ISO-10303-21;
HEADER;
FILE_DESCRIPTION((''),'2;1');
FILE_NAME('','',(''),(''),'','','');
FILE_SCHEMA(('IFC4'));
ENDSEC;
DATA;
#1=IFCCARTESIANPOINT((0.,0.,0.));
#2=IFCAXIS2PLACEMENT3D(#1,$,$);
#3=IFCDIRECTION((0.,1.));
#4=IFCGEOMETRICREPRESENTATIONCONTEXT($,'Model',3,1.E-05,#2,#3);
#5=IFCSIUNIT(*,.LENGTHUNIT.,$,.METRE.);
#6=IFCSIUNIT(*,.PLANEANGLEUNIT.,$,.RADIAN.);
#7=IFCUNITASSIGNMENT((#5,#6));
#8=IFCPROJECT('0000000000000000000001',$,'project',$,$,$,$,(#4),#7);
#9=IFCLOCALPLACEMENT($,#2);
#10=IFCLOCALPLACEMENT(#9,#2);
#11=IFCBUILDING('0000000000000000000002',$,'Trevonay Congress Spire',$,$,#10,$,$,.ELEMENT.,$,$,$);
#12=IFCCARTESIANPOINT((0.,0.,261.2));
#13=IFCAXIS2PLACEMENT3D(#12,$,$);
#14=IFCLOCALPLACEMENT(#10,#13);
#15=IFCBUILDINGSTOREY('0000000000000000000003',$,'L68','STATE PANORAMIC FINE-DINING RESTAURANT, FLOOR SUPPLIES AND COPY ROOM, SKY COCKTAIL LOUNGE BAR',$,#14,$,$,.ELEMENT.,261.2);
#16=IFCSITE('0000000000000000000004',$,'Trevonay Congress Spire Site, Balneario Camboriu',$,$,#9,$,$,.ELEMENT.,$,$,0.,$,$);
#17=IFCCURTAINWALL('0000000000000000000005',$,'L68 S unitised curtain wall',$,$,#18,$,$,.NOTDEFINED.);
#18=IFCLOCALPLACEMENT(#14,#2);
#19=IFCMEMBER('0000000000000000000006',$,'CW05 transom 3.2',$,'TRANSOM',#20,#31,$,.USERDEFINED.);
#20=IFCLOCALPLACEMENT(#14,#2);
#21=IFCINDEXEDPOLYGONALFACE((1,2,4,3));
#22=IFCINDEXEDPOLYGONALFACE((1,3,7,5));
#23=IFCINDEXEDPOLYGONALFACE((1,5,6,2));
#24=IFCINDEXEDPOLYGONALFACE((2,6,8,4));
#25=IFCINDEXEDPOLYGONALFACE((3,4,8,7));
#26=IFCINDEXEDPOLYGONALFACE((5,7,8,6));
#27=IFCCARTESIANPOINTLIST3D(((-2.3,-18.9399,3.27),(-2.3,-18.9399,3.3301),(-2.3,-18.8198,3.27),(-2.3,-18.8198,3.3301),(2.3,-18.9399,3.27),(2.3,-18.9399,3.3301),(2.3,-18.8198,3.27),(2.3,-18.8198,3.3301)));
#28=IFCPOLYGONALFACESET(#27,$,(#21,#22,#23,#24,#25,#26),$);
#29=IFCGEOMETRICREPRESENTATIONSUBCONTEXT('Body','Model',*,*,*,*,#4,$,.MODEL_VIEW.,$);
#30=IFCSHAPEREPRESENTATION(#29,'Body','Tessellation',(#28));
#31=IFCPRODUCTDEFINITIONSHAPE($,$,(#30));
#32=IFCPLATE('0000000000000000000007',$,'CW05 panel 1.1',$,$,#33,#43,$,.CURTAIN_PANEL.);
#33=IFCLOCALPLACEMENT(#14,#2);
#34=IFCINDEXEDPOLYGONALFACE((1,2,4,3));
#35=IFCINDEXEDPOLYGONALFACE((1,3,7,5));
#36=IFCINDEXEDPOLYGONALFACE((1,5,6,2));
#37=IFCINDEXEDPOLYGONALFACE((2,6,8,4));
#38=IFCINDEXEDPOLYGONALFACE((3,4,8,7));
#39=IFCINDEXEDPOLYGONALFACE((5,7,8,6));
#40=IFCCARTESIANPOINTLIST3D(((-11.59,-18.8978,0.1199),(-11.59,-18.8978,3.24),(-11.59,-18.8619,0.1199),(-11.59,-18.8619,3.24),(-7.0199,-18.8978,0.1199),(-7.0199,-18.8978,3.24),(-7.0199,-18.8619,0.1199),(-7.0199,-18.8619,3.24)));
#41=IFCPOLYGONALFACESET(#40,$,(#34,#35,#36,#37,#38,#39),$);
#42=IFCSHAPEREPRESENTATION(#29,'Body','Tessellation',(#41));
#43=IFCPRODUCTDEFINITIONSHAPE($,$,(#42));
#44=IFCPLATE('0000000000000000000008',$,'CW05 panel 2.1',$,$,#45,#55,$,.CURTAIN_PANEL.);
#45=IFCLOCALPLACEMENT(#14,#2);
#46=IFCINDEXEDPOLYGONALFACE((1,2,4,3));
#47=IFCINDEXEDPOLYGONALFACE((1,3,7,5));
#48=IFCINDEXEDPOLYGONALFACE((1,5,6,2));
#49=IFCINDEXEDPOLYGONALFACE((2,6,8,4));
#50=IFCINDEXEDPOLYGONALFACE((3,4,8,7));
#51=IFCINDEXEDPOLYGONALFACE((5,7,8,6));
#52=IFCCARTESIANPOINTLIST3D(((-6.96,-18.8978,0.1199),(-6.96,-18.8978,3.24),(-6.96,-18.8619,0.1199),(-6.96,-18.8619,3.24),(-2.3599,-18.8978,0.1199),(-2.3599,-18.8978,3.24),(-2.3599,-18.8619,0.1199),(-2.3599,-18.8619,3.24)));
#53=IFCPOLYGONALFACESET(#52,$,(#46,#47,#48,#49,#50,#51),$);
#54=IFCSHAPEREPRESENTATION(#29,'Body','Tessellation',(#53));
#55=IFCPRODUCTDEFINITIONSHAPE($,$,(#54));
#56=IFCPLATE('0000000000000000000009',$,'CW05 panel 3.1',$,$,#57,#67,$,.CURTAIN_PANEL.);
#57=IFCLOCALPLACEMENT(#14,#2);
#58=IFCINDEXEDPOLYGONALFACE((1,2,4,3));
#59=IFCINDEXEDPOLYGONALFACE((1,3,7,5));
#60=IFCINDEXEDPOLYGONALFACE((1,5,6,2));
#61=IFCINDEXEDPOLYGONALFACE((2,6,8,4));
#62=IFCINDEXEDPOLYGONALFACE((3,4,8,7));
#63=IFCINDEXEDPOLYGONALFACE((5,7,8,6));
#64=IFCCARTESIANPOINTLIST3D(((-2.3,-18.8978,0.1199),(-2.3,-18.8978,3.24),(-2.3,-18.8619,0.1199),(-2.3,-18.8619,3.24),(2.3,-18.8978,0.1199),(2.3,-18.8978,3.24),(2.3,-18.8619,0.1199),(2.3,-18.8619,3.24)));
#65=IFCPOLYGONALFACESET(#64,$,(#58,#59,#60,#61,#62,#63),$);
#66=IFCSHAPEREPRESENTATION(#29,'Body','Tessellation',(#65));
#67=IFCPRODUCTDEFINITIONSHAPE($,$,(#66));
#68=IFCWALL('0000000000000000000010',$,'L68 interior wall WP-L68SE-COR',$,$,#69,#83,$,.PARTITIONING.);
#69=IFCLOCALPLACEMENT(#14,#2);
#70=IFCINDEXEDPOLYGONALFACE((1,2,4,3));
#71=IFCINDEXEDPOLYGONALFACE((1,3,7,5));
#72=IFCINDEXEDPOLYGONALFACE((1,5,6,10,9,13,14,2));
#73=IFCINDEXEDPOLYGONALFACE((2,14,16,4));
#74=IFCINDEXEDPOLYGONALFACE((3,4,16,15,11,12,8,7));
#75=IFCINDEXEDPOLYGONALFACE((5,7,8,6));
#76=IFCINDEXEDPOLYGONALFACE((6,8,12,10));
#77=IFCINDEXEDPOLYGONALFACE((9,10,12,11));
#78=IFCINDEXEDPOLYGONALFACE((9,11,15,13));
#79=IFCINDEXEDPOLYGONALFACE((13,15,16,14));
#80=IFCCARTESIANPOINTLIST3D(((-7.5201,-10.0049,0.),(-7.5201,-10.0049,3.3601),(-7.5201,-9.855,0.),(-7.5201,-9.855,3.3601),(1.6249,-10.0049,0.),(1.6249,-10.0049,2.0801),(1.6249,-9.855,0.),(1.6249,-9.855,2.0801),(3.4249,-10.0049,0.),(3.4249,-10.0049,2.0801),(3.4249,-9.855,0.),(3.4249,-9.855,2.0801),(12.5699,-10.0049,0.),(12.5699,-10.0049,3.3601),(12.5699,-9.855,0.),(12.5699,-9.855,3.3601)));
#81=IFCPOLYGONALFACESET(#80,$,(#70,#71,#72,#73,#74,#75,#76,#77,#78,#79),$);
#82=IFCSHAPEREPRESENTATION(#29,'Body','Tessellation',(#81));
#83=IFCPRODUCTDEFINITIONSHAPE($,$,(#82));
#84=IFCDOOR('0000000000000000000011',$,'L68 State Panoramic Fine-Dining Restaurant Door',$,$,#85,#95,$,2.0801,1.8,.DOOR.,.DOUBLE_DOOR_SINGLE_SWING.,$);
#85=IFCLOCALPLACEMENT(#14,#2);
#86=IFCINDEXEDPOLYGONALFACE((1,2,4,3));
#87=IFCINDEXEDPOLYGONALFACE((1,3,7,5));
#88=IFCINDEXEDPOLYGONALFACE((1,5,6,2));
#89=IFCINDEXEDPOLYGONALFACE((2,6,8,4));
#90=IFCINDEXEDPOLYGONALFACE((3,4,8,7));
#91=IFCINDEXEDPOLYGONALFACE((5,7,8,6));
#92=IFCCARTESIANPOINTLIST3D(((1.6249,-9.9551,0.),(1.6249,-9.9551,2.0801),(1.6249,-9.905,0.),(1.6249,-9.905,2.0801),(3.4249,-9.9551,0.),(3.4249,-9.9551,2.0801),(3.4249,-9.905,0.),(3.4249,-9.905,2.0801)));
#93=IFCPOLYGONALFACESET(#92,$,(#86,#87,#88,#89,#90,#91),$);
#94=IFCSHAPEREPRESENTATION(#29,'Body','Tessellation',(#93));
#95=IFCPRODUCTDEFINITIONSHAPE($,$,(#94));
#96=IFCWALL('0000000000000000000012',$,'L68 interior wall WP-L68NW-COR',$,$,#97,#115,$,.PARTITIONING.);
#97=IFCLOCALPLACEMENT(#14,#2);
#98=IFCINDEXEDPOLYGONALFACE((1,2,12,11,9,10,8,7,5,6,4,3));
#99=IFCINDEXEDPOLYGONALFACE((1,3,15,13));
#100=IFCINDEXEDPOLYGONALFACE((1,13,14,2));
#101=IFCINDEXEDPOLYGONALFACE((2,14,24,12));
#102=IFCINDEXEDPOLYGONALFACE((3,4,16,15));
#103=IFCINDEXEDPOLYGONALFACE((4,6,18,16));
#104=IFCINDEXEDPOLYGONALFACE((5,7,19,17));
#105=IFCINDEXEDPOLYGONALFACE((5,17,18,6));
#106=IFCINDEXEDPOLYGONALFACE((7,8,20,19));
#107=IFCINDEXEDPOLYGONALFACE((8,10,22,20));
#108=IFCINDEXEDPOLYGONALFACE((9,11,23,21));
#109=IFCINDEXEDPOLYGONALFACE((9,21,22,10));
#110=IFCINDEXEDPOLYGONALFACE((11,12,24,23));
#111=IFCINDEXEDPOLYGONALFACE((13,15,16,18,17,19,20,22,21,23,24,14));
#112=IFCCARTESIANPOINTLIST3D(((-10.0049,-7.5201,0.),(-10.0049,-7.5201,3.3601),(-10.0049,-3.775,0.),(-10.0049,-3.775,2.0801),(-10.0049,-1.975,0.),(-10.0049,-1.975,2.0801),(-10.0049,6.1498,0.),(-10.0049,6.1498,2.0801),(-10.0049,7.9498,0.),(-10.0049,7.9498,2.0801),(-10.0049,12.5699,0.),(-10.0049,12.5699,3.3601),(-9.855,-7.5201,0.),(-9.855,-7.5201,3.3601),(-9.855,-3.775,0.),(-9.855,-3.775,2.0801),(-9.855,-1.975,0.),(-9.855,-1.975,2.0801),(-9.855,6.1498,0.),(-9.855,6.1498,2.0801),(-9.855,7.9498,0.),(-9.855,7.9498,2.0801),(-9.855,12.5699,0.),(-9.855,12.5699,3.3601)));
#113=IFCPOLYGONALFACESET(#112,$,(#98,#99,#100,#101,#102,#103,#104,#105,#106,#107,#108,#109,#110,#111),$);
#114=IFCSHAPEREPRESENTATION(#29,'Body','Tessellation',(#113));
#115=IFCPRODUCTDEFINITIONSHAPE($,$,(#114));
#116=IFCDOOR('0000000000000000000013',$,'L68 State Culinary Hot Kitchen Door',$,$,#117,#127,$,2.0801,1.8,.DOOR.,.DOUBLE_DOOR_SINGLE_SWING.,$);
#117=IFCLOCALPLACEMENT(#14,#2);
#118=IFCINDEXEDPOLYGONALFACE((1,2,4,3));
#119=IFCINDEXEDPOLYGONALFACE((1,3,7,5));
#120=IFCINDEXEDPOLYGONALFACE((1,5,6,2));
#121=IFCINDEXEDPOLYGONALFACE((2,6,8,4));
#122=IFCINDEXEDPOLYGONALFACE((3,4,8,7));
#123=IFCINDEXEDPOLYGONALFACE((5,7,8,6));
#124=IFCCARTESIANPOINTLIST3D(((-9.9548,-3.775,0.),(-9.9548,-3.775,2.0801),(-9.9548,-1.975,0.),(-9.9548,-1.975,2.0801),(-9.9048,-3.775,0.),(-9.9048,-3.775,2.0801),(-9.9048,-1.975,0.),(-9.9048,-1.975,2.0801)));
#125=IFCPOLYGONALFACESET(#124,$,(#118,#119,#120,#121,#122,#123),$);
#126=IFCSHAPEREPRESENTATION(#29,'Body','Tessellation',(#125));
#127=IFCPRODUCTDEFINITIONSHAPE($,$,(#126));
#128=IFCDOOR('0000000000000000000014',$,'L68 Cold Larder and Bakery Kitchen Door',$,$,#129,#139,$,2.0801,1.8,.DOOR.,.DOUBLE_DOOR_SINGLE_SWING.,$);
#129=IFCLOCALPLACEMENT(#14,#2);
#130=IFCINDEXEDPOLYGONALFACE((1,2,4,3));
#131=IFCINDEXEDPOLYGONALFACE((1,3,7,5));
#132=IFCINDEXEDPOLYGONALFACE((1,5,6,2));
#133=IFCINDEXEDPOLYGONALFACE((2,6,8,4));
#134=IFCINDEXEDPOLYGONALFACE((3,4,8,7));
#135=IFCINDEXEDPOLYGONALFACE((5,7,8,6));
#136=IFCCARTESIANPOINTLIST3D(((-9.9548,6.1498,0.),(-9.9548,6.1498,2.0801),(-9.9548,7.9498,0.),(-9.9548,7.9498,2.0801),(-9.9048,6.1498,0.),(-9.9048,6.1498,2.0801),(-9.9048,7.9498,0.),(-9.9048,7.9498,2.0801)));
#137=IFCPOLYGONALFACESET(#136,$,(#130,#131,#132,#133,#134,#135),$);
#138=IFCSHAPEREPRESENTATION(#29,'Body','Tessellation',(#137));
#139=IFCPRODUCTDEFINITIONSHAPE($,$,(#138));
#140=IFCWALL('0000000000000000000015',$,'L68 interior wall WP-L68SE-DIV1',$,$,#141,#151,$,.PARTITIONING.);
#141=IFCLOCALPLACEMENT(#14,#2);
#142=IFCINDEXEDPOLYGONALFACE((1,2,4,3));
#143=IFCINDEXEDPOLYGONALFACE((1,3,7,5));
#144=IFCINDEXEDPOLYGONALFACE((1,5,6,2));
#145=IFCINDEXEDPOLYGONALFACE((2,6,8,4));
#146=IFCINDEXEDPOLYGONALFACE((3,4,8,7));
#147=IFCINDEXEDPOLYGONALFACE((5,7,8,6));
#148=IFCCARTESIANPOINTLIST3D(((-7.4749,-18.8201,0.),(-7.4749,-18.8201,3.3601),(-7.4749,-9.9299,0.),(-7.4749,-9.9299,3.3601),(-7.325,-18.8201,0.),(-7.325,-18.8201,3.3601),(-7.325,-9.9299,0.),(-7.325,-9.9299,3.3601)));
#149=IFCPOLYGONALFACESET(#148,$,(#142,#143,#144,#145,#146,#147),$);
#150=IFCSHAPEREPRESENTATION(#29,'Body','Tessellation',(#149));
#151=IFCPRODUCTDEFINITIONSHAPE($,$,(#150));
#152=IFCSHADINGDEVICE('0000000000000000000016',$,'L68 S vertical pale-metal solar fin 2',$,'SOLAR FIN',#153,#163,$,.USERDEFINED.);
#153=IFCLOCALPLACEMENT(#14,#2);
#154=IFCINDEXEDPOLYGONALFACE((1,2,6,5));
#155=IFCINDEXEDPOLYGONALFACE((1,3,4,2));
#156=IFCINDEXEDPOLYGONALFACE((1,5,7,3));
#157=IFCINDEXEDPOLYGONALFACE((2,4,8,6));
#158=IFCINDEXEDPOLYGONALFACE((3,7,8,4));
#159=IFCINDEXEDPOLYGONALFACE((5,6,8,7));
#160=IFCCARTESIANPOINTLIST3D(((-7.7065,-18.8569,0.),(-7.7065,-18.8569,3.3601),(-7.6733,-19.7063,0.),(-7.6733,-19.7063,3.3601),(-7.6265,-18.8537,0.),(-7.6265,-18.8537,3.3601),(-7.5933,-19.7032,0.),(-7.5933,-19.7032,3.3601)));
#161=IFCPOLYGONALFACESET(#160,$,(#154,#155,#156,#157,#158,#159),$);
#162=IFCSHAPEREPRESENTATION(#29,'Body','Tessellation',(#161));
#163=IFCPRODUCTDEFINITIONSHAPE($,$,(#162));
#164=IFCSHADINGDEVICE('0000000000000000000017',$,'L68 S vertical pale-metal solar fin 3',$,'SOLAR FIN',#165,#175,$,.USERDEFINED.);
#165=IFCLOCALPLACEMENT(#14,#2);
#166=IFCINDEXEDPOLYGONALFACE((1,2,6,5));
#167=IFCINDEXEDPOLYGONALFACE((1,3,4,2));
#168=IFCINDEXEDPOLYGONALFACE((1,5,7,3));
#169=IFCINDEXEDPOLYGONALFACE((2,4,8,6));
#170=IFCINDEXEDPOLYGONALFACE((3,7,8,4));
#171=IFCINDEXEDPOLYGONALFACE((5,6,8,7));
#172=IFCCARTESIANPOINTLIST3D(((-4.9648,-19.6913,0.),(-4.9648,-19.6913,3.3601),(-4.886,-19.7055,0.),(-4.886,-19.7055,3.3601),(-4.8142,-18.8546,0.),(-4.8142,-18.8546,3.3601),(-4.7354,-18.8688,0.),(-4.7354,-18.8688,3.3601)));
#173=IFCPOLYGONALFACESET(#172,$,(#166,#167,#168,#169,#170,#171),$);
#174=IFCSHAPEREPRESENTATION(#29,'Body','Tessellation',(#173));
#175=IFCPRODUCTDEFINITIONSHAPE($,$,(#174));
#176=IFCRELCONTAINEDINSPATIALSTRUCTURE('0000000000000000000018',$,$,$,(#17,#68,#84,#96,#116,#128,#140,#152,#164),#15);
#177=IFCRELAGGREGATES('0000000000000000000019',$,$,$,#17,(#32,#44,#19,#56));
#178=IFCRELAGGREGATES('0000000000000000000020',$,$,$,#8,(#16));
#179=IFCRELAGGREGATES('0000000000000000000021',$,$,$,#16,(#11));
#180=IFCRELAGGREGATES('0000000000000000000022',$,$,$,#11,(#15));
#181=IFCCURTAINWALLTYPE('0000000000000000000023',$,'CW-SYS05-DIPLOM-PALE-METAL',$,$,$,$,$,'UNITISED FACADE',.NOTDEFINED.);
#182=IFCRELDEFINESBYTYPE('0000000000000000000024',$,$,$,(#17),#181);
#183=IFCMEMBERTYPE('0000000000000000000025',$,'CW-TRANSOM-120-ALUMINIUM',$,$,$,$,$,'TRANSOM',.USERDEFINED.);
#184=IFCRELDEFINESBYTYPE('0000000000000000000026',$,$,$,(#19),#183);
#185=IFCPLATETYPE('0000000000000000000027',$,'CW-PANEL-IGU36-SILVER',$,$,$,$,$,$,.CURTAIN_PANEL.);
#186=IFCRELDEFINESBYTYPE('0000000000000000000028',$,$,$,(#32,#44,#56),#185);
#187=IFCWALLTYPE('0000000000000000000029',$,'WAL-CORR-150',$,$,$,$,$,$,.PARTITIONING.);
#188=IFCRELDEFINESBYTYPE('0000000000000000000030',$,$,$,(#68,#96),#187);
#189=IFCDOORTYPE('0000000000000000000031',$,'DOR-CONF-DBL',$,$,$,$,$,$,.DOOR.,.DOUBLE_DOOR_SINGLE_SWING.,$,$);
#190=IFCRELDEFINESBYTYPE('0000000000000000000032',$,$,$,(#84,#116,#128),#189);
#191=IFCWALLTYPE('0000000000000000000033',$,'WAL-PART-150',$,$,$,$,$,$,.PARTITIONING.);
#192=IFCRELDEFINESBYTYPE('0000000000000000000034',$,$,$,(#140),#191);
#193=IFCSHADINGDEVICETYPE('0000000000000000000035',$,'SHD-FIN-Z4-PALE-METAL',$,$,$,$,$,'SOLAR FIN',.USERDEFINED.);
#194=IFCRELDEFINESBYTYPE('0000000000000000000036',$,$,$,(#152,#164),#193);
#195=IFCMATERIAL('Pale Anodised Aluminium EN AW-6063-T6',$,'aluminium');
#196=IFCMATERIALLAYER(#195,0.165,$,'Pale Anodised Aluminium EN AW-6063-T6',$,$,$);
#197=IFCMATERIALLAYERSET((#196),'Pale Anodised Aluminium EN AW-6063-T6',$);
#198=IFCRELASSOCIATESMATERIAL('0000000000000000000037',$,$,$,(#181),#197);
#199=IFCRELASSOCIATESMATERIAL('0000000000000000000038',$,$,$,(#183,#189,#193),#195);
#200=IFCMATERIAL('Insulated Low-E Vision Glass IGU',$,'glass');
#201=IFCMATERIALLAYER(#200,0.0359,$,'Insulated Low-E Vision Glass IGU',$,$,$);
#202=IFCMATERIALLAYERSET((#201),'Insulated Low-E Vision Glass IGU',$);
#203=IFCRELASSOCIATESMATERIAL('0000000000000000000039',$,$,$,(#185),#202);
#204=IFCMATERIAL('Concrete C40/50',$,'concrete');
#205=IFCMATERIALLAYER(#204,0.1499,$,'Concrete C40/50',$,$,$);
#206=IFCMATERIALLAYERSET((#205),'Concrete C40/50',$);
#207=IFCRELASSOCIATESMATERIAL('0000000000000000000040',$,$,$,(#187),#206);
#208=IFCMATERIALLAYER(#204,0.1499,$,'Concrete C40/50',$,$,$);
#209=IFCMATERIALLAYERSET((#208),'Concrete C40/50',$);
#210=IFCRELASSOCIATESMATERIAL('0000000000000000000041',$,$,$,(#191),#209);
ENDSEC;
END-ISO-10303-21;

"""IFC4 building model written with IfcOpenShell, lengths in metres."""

from ifc_helpers import new_model, si_unit, direction, frame, frame_2d, origin, origin_2d, place, context, subcontext, project, spatial, rectangle, extrude, material, layer, layer_set, material_profile, profile_set, type_object, element, fill, aggregate, save


model = new_model("IFC4")

# Units and contexts
model_context = context("Model", 3, precision=1e-05, world=origin(), true_north=direction((0.0, 1.0)))
body_context = subcontext(model_context, "Body", "Model", "MODEL_VIEW")
ifc_project = project(units=[si_unit("LENGTHUNIT", "METRE"), si_unit("PLANEANGLEUNIT", "RADIAN")], contexts=[model_context])

# Site, building, storey
site_placement = place(None, origin())
site = spatial("IfcSite", under=ifc_project, at=site_placement, Name="Trevonay Congress Spire Site, Balneario Camboriu", CompositionType="ELEMENT", RefElevation=0.0)
building_placement = place(site_placement, origin())
building = spatial("IfcBuilding", under=site, at=building_placement, Name="Trevonay Congress Spire", CompositionType="ELEMENT")
storey_placement = place(building_placement, frame((0.0, 0.0, 261.2)))
storey = spatial("IfcBuildingStorey", under=building, at=storey_placement, Name="L68", Description="STATE PANORAMIC FINE-DINING RESTAURANT, FLOOR SUPPLIES AND COPY ROOM, SKY COCKTAIL LOUNGE BAR", CompositionType="ELEMENT", Elevation=261.2)

# Curtain wall, member, plates
ifc_material_1 = material(Name="Pale Anodised Aluminium EN AW-6063-T6", Category="aluminium")
ifc_layer_1 = layer(ifc_material_1, 0.165, Name="Pale Anodised Aluminium EN AW-6063-T6")
ifc_layer_set_1 = layer_set([ifc_layer_1], Name="Pale Anodised Aluminium EN AW-6063-T6")
curtain_wall_type = type_object("IfcCurtainWallType", Name="CW-SYS05-DIPLOM-PALE-METAL", ElementType="UNITISED FACADE", PredefinedType="NOTDEFINED", material=ifc_layer_set_1)
curtain_wall_placement = place(storey_placement, origin())
curtain_wall = element("IfcCurtainWall", 1, at=curtain_wall_placement, inside=storey, type_object=curtain_wall_type, Name="L68 S unitised curtain wall", PredefinedType="NOTDEFINED")
ifc_material_profile_1 = material_profile(ifc_material_1, rectangle(XDim=0.1201, YDim=0.0601, at=origin_2d()), Name="CW-TRANSOM-120-ALUMINIUM")
ifc_profile_set_1 = profile_set([ifc_material_profile_1], Name="Pale Anodised Aluminium EN AW-6063-T6")
member_type_1 = type_object("IfcMemberType", Name="CW-TRANSOM-120-ALUMINIUM", ElementType="TRANSOM", PredefinedType="USERDEFINED", material=ifc_profile_set_1)
member_1_placement = place(storey_placement, frame((-2.3, -18.8799, 3.3), z_axis=(1.0, 0.0, 0.0), x_axis=(0.0, 1.0, 0.0)))
member_1 = element("IfcMember", 2, at=member_1_placement, type_object=member_type_1, Name="CW05 transom 3.2", ObjectType="TRANSOM", PredefinedType="USERDEFINED", context=body_context, shape_type="SweptSolid", body=[
    extrude(rectangle(XDim=0.1201, YDim=0.0601, at=origin_2d()), origin(), (0.0, 0.0, 1.0), 4.6001),
])
ifc_material_2 = material(Name="Insulated Low-E Vision Glass IGU", Category="glass")
ifc_layer_2 = layer(ifc_material_2, 0.0359, Name="Insulated Low-E Vision Glass IGU")
ifc_layer_set_2 = layer_set([ifc_layer_2], Name="Insulated Low-E Vision Glass IGU")
plate_type = type_object("IfcPlateType", Name="CW-PANEL-IGU36-SILVER", PredefinedType="CURTAIN_PANEL", material=ifc_layer_set_2)
plate_1_placement = place(storey_placement, frame((-9.3049, -18.8799, 0.1199), z_axis=(0.0, 0.0, 1.0), x_axis=(1.0, 0.0, 0.0)))
plate_1 = element("IfcPlate", 3, at=plate_1_placement, type_object=plate_type, Name="CW05 panel 1.1", PredefinedType="CURTAIN_PANEL", context=body_context, shape_type="SweptSolid", body=[
    extrude(rectangle(XDim=4.5701, YDim=0.0359, at=origin_2d()), origin(), (0.0, 0.0, 1.0), 3.1201),
])
plate_2_placement = place(storey_placement, frame((-4.6599, -18.8799, 0.1199), z_axis=(0.0, 0.0, 1.0), x_axis=(1.0, 0.0, 0.0)))
plate_2 = element("IfcPlate", 4, at=plate_2_placement, type_object=plate_type, Name="CW05 panel 2.1", PredefinedType="CURTAIN_PANEL", context=body_context, shape_type="SweptSolid", body=[
    extrude(rectangle(XDim=4.6001, YDim=0.0359, at=origin_2d()), origin(), (0.0, 0.0, 1.0), 3.1201),
])
plate_3_placement = place(storey_placement, frame((0.0, -18.8799, 0.1199), z_axis=(0.0, 0.0, 1.0), x_axis=(1.0, 0.0, 0.0)))
plate_3 = element("IfcPlate", 5, at=plate_3_placement, type_object=plate_type, Name="CW05 panel 3.1", PredefinedType="CURTAIN_PANEL", context=body_context, shape_type="SweptSolid", body=[
    extrude(rectangle(XDim=4.6001, YDim=0.0359, at=origin_2d()), origin(), (0.0, 0.0, 1.0), 3.1201),
])
aggregate(curtain_wall, [plate_1, plate_2, member_1, plate_3])

# Wall, opening, door
ifc_material_3 = material(Name="Concrete C40/50", Category="concrete")
ifc_layer_3 = layer(ifc_material_3, 0.1499, Name="Concrete C40/50")
ifc_layer_set_3 = layer_set([ifc_layer_3], Name="Concrete C40/50")
wall_type_1 = type_object("IfcWallType", Name="WAL-CORR-150", PredefinedType="PARTITIONING", material=ifc_layer_set_3)
wall_1_placement = place(storey_placement, frame((-7.52, -9.9299, 0.0), z_axis=(0.0, 0.0, 1.0), x_axis=(1.0, 0.0, 0.0)))
wall_1 = element("IfcWall", 6, at=wall_1_placement, inside=storey, type_object=wall_type_1, Name="L68 interior wall WP-L68SE-COR", PredefinedType="PARTITIONING", context=body_context, shape_type="SweptSolid", body=[
    extrude(rectangle(XDim=20.0901, YDim=0.1499, at=frame_2d((10.0449, 0.0))), origin(), (0.0, 0.0, 1.0), 3.3601),
])
opening_1_placement = place(wall_1_placement, frame((9.145, 0.0, 0.0)))
opening_1 = element("IfcOpeningElement", 7, at=opening_1_placement, cuts=wall_1, PredefinedType="OPENING", context=body_context, shape_type="SweptSolid", body=[
    extrude(rectangle(XDim=1.8, YDim=2.0801, at=frame_2d((0.8999, 1.04))), frame((0.0, 0.085, 0.0), z_axis=(0.0, -1.0, 0.0), x_axis=(1.0, 0.0, 0.0)), (0.0, 0.0, 1.0), 0.1699),
])
door_type = type_object("IfcDoorType", Name="DOR-CONF-DBL", OperationType="DOUBLE_DOOR_SINGLE_SWING", PredefinedType="DOOR", material=ifc_material_1)
door_1_placement = place(opening_1_placement, origin())
door_1 = element("IfcDoor", 8, at=door_1_placement, inside=storey, type_object=door_type, Name="L68 State Panoramic Fine-Dining Restaurant Door", OperationType="DOUBLE_DOOR_SINGLE_SWING", OverallHeight=2.0801, OverallWidth=1.8, PredefinedType="DOOR", context=body_context, shape_type="SweptSolid", body=[
    extrude(rectangle(XDim=1.8, YDim=2.0801, at=frame_2d((0.8999, 1.04))), frame((0.0, 0.0249, 0.0), z_axis=(0.0, -1.0, 0.0), x_axis=(1.0, 0.0, 0.0)), (0.0, 0.0, 1.0), 0.05),
])
fill(opening_1, door_1)

# Wall, openings, doors
wall_2_placement = place(storey_placement, frame((-9.9299, -7.52, 0.0), z_axis=(0.0, 0.0, 1.0), x_axis=(0.0, 1.0, 0.0)))
wall_2 = element("IfcWall", 9, at=wall_2_placement, inside=storey, type_object=wall_type_1, Name="L68 interior wall WP-L68NW-COR", PredefinedType="PARTITIONING", context=body_context, shape_type="SweptSolid", body=[
    extrude(rectangle(XDim=20.0901, YDim=0.1499, at=frame_2d((10.0449, 0.0))), origin(), (0.0, 0.0, 1.0), 3.3601),
])
opening_2_placement = place(wall_2_placement, frame((3.7451, 0.0, 0.0)))
opening_2 = element("IfcOpeningElement", 10, at=opening_2_placement, cuts=wall_2, PredefinedType="OPENING", context=body_context, shape_type="SweptSolid", body=[
    extrude(rectangle(XDim=1.8, YDim=2.0801, at=frame_2d((0.8999, 1.04))), frame((0.0, 0.085, 0.0), z_axis=(0.0, -1.0, 0.0), x_axis=(1.0, 0.0, 0.0)), (0.0, 0.0, 1.0), 0.1699),
])
opening_3_placement = place(wall_2_placement, frame((13.6699, 0.0, 0.0)))
opening_3 = element("IfcOpeningElement", 11, at=opening_3_placement, cuts=wall_2, PredefinedType="OPENING", context=body_context, shape_type="SweptSolid", body=[
    extrude(rectangle(XDim=1.8, YDim=2.0801, at=frame_2d((0.8999, 1.04))), frame((0.0, 0.085, 0.0), z_axis=(0.0, -1.0, 0.0), x_axis=(1.0, 0.0, 0.0)), (0.0, 0.0, 1.0), 0.1699),
])
door_2_placement = place(opening_2_placement, origin())
door_2 = element("IfcDoor", 12, at=door_2_placement, inside=storey, type_object=door_type, Name="L68 State Culinary Hot Kitchen Door", OperationType="DOUBLE_DOOR_SINGLE_SWING", OverallHeight=2.0801, OverallWidth=1.8, PredefinedType="DOOR", context=body_context, shape_type="SweptSolid", body=[
    extrude(rectangle(XDim=1.8, YDim=2.0801, at=frame_2d((0.8999, 1.04))), frame((0.0, 0.0249, 0.0), z_axis=(0.0, -1.0, 0.0), x_axis=(1.0, 0.0, 0.0)), (0.0, 0.0, 1.0), 0.05),
])
fill(opening_2, door_2)
door_3_placement = place(opening_3_placement, origin())
door_3 = element("IfcDoor", 13, at=door_3_placement, inside=storey, type_object=door_type, Name="L68 Cold Larder and Bakery Kitchen Door", OperationType="DOUBLE_DOOR_SINGLE_SWING", OverallHeight=2.0801, OverallWidth=1.8, PredefinedType="DOOR", context=body_context, shape_type="SweptSolid", body=[
    extrude(rectangle(XDim=1.8, YDim=2.0801, at=frame_2d((0.8999, 1.04))), frame((0.0, 0.0249, 0.0), z_axis=(0.0, -1.0, 0.0), x_axis=(1.0, 0.0, 0.0)), (0.0, 0.0, 1.0), 0.05),
])
fill(opening_3, door_3)

# Wall
ifc_layer_4 = layer(ifc_material_3, 0.1499, Name="Concrete C40/50")
ifc_layer_set_4 = layer_set([ifc_layer_4], Name="Concrete C40/50")
wall_type_2 = type_object("IfcWallType", Name="WAL-PART-150", PredefinedType="PARTITIONING", material=ifc_layer_set_4)
wall_3_placement = place(storey_placement, frame((-7.3999, -18.8201, 0.0), z_axis=(0.0, 0.0, 1.0), x_axis=(0.0, 1.0, 0.0)))
element("IfcWall", 14, at=wall_3_placement, inside=storey, type_object=wall_type_2, Name="L68 interior wall WP-L68SE-DIV1", PredefinedType="PARTITIONING", context=body_context, shape_type="SweptSolid", body=[
    extrude(rectangle(XDim=8.8901, YDim=0.1499, at=frame_2d((4.4451, 0.0))), origin(), (0.0, 0.0, 1.0), 3.3601),
])

# Shading devices
shading_device_type = type_object("IfcShadingDeviceType", Name="SHD-FIN-Z4-PALE-METAL", ElementType="SOLAR FIN", PredefinedType="USERDEFINED", material=ifc_material_1)
for number, where, z_axis, x_axis, name in (
    (15, (-7.6499, -19.28, 0.0), (0.0, 0.0, 1.0), (0.999236, 0.039085, 0.0), "L68 S vertical pale-metal solar fin 2"),
    (16, (-4.8501, -19.28, 0.0), (0.0, 0.0, 1.0), (0.984196, -0.177085, 0.0), "L68 S vertical pale-metal solar fin 3"),
):
    element("IfcShadingDevice", number, at=place(storey_placement, frame(where, z_axis=z_axis, x_axis=x_axis)), inside=storey, type_object=shading_device_type, Name=name, ObjectType="SOLAR FIN", PredefinedType="USERDEFINED", context=body_context, shape_type="SweptSolid", body=[
        extrude(rectangle(XDim=0.0801, YDim=0.8501, at=origin_2d()), origin(), (0.0, 0.0, 1.0), 3.3601),
    ])

save(model, "model.ifc")
